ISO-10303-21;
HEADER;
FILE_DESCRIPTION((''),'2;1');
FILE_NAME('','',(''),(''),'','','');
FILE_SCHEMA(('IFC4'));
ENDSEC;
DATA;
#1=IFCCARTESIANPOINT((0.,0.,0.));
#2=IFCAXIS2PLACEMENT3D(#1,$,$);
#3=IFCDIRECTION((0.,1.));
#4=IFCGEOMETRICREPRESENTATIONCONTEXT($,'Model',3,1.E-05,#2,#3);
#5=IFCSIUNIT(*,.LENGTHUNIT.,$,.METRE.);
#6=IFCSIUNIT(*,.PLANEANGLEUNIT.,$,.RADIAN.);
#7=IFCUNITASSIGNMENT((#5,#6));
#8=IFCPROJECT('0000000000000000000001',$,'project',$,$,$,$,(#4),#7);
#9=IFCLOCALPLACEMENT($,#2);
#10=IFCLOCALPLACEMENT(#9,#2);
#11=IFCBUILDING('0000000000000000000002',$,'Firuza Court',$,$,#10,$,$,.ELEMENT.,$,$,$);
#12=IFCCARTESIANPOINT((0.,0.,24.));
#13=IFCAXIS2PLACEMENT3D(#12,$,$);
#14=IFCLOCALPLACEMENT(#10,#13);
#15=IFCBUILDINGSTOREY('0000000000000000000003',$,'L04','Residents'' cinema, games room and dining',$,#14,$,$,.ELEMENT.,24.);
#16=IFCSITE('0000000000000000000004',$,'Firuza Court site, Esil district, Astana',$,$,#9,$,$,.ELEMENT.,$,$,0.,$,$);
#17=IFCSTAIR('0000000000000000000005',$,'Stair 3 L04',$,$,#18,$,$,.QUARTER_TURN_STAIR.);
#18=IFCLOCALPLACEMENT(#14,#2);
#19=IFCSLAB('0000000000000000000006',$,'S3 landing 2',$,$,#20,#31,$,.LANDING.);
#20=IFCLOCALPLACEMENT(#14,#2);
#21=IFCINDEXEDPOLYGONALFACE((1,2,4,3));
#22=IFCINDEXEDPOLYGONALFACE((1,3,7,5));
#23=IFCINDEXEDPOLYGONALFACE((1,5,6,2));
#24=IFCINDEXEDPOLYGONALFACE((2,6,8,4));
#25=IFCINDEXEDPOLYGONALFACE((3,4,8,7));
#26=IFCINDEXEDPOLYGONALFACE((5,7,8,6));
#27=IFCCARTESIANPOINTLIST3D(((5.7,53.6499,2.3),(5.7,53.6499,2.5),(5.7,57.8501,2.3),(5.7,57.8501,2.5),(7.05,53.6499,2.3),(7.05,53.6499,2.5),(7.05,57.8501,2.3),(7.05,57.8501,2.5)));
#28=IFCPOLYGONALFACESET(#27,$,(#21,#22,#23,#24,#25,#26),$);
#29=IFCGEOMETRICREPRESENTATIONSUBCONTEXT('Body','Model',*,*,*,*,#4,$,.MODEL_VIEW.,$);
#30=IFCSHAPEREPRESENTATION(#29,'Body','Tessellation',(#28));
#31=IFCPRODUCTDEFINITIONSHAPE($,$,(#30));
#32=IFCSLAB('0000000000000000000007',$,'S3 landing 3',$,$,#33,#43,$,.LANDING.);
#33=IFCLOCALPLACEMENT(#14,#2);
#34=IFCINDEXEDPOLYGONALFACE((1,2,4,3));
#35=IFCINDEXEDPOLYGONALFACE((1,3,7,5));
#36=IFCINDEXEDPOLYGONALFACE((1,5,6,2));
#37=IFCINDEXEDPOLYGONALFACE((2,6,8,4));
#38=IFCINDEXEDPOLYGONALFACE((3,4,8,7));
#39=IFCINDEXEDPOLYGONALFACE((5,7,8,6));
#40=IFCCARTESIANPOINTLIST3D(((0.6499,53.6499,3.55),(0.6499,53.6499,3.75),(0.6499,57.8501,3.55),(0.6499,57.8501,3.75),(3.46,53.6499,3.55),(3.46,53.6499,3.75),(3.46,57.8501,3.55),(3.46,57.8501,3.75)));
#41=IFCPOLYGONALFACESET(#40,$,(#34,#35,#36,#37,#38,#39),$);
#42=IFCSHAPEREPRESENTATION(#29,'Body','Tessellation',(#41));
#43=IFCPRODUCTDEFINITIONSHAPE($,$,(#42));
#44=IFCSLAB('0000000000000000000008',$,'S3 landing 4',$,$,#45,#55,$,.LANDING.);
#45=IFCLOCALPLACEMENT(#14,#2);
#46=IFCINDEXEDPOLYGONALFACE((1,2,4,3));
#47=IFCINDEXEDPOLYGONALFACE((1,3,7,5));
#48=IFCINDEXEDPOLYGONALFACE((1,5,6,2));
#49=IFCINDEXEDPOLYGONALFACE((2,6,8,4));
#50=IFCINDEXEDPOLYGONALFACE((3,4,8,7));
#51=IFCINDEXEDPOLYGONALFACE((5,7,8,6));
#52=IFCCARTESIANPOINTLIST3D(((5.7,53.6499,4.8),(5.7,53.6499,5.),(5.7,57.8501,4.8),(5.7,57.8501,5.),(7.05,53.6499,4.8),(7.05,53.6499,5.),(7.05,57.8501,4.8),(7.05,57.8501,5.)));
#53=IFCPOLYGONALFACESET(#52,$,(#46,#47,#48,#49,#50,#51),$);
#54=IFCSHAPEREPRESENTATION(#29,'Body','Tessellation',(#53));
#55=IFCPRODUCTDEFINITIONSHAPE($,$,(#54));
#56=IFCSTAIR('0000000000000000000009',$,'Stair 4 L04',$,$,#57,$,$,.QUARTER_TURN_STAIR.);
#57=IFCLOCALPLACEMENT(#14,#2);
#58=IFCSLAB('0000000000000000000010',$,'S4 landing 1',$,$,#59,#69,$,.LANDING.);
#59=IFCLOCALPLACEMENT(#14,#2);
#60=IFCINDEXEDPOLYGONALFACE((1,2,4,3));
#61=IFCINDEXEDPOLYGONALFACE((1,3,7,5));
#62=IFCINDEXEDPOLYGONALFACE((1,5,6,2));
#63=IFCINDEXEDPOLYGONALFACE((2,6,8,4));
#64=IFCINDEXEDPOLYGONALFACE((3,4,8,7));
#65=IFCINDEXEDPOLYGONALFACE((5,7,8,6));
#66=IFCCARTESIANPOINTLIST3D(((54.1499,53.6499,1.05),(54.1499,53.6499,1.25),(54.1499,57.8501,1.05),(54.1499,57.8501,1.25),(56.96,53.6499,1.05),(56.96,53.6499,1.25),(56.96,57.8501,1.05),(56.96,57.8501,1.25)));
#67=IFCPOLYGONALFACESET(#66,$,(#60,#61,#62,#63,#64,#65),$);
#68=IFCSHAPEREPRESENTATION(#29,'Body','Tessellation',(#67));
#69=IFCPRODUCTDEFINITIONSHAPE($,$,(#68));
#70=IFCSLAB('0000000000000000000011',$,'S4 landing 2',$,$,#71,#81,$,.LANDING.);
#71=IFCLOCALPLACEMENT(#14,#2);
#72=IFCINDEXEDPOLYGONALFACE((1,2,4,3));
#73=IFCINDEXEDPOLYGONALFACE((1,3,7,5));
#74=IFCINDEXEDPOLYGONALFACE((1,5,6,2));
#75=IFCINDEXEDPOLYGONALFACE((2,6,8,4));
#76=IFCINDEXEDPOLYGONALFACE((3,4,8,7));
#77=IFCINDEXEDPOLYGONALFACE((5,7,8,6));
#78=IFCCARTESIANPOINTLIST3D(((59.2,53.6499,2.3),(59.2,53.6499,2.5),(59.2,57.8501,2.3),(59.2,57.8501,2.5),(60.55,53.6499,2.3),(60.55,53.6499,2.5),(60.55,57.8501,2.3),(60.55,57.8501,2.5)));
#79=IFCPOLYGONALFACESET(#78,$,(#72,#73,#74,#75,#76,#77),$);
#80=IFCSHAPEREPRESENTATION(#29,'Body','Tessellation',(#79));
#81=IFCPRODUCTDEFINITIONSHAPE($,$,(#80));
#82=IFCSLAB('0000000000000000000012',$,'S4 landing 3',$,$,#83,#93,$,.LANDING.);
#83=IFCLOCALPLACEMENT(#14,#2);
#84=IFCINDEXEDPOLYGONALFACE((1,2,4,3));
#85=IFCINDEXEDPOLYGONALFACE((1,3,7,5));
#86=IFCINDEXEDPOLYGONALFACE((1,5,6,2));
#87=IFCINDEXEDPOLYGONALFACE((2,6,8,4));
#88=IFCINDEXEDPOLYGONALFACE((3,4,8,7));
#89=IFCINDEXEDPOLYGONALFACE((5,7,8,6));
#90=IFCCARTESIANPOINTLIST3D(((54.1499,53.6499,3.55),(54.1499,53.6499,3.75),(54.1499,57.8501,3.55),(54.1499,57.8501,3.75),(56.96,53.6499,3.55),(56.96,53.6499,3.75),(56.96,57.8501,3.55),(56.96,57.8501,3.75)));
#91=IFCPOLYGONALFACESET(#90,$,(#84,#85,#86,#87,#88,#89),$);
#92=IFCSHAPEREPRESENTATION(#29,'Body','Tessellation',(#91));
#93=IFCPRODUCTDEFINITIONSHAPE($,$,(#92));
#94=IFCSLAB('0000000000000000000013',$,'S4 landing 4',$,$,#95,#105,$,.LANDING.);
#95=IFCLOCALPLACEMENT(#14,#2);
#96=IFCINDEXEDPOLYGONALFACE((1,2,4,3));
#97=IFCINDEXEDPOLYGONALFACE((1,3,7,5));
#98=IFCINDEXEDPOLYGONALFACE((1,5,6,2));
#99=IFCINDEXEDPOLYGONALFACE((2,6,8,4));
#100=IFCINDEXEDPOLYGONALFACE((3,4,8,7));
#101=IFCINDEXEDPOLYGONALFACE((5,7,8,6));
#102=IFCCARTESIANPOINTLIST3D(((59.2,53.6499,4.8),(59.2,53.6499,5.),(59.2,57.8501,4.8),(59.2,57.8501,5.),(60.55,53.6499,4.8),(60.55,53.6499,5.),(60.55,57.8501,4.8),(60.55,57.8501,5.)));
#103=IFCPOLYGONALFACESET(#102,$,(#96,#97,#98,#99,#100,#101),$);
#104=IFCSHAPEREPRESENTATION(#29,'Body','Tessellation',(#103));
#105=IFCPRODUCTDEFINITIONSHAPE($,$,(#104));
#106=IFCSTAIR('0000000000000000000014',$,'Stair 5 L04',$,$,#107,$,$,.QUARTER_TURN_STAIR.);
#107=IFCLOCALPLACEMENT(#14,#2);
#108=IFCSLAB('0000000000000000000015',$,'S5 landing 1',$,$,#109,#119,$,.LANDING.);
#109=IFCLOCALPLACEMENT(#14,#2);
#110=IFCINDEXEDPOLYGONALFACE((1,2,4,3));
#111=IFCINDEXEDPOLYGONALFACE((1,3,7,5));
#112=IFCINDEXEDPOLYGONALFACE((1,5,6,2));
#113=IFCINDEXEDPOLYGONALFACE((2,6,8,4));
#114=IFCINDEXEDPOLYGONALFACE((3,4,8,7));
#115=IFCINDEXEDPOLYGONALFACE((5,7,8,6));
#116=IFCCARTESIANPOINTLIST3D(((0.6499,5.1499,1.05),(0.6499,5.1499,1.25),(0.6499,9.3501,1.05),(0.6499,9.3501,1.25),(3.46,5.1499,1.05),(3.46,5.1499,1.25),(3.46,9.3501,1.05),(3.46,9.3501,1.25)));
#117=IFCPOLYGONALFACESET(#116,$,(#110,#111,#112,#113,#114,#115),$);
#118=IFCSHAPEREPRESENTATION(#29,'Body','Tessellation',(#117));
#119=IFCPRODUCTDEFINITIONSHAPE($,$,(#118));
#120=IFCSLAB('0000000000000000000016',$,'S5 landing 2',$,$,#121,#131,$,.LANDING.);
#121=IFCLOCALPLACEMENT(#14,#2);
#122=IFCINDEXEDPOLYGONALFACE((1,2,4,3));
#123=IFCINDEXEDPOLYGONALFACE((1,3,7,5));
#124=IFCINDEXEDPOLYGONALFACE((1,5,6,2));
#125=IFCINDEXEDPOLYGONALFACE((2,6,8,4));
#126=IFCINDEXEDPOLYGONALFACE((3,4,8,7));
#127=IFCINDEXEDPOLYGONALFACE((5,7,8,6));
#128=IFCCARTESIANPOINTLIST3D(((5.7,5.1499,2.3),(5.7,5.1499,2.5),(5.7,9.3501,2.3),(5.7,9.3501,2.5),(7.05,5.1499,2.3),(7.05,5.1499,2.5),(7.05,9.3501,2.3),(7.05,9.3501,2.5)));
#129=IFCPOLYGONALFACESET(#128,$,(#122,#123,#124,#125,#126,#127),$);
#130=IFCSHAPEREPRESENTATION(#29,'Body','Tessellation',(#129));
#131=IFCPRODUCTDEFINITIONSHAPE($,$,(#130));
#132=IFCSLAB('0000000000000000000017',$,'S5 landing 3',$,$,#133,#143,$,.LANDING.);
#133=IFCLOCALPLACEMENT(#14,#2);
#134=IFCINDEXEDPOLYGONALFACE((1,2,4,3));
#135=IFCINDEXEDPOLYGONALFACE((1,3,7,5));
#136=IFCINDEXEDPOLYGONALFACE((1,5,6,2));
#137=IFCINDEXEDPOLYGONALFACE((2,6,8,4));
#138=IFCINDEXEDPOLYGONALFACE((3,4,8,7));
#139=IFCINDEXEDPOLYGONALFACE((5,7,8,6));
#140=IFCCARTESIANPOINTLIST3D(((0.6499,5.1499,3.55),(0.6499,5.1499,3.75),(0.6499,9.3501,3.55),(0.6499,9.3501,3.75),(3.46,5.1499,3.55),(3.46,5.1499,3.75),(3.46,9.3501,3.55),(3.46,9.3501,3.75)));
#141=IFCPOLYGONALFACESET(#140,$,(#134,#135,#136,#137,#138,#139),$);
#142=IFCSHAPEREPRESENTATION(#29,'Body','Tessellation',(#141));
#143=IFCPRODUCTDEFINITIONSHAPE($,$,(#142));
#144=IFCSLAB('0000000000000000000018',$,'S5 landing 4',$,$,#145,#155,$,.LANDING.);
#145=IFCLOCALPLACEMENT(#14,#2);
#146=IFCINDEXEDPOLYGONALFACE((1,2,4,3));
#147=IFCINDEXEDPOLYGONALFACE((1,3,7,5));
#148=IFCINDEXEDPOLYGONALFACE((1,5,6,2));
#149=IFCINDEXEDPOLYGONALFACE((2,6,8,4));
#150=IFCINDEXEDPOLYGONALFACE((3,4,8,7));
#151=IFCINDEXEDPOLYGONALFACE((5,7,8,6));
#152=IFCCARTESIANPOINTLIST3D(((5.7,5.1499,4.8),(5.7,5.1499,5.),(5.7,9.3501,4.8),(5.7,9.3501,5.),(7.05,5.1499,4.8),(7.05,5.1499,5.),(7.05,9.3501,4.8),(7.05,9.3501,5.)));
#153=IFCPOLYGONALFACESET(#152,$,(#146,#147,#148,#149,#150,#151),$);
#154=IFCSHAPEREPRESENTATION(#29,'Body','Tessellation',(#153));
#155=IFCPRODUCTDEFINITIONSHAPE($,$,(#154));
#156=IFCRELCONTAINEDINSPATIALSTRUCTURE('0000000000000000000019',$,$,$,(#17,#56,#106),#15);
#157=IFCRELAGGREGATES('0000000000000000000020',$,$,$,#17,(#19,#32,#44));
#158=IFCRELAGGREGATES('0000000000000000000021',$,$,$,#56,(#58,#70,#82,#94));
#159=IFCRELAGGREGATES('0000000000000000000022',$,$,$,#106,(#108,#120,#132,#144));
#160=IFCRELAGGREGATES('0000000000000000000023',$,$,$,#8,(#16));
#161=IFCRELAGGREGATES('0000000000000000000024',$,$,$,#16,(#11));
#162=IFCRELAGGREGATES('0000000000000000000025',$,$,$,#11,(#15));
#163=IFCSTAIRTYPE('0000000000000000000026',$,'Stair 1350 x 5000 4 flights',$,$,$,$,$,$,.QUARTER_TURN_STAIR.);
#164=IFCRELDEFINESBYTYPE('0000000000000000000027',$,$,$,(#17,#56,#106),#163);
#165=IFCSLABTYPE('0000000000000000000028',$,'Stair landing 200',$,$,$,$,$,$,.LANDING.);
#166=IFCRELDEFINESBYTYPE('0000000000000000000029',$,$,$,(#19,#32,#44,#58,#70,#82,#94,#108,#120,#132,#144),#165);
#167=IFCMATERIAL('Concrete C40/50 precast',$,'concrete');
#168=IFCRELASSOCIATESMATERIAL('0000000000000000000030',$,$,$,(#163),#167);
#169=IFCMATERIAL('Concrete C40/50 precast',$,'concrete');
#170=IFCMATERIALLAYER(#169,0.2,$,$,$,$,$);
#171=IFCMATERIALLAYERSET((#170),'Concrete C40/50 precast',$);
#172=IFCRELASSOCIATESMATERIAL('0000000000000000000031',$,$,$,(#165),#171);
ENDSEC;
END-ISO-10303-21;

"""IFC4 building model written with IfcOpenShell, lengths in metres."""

from ifc_helpers import new_model, si_unit, direction, frame, origin, place, context, subcontext, project, spatial, polyline, outline, extrude, material, layer, layer_set, type_object, element, aggregate, save


model = new_model("IFC4")

# Units and contexts
model_context = context("Model", 3, precision=1e-05, world=origin(), true_north=direction((0.0, 1.0)))
body_context = subcontext(model_context, "Body", "Model", "MODEL_VIEW")
ifc_project = project(units=[si_unit("LENGTHUNIT", "METRE"), si_unit("PLANEANGLEUNIT", "RADIAN")], contexts=[model_context])

# Site, building, storey
site_placement = place(None, origin())
site = spatial("IfcSite", under=ifc_project, at=site_placement, Name="Firuza Court site, Esil district, Astana", CompositionType="ELEMENT", RefElevation=0.0)
building_placement = place(site_placement, origin())
building = spatial("IfcBuilding", under=site, at=building_placement, Name="Firuza Court", CompositionType="ELEMENT")
storey_placement = place(building_placement, frame((0.0, 0.0, 24.0)))
storey = spatial("IfcBuildingStorey", under=building, at=storey_placement, Name="L04", Description="Residents' cinema, games room and dining", CompositionType="ELEMENT", Elevation=24.0)

# Stairs, slabs
ifc_material_1 = material(Name="Concrete C40/50 precast", Category="concrete")
stair_type = type_object("IfcStairType", Name="Stair 1350 x 5000 4 flights", PredefinedType="QUARTER_TURN_STAIR", material=ifc_material_1)
ifc_material_2 = material(Name="Concrete C40/50 precast", Category="concrete")
ifc_layer_1 = layer(ifc_material_2, 0.2)
ifc_layer_set_1 = layer_set([ifc_layer_1], Name="Concrete C40/50 precast")
slab_type_1 = type_object("IfcSlabType", Name="Stair landing 200", PredefinedType="LANDING", material=ifc_layer_set_1)
stair_1_placement = place(storey_placement, origin())
stair_1 = element("IfcStair", 1, at=stair_1_placement, inside=storey, type_object=stair_type, Name="Stair 3 L04", PredefinedType="QUARTER_TURN_STAIR")
slab_1_placement = place(storey_placement, frame((0.0, 0.0, 2.3)))
slab_1 = element("IfcSlab", 2, at=slab_1_placement, type_object=slab_type_1, Name="S3 landing 2", PredefinedType="LANDING", context=body_context, shape_type="SweptSolid", body=[
    extrude(outline(polyline([(7.05, 53.6499), (7.05, 57.8501), (5.7, 57.8501), (5.7, 53.6499), (7.05, 53.6499)])), origin(), (0.0, 0.0, 1.0), 0.2),
])
slab_2_placement = place(storey_placement, frame((0.0, 0.0, 3.55)))
slab_2 = element("IfcSlab", 3, at=slab_2_placement, type_object=slab_type_1, Name="S3 landing 3", PredefinedType="LANDING", context=body_context, shape_type="SweptSolid", body=[
    extrude(outline(polyline([(3.46, 53.6499), (3.46, 57.8501), (0.6499, 57.8501), (0.6499, 53.6499), (3.46, 53.6499)])), origin(), (0.0, 0.0, 1.0), 0.2),
])
slab_3_placement = place(storey_placement, frame((0.0, 0.0, 4.8)))
slab_3 = element("IfcSlab", 4, at=slab_3_placement, type_object=slab_type_1, Name="S3 landing 4", PredefinedType="LANDING", context=body_context, shape_type="SweptSolid", body=[
    extrude(outline(polyline([(7.05, 53.6499), (7.05, 57.8501), (5.7, 57.8501), (5.7, 53.6499), (7.05, 53.6499)])), origin(), (0.0, 0.0, 1.0), 0.2),
])
aggregate(stair_1, [slab_1, slab_2, slab_3])
stair_2_placement = place(storey_placement, origin())
stair_2 = element("IfcStair", 5, at=stair_2_placement, inside=storey, type_object=stair_type, Name="Stair 4 L04", PredefinedType="QUARTER_TURN_STAIR")
slab_4_placement = place(storey_placement, frame((0.0, 0.0, 1.05)))
slab_4 = element("IfcSlab", 6, at=slab_4_placement, type_object=slab_type_1, Name="S4 landing 1", PredefinedType="LANDING", context=body_context, shape_type="SweptSolid", body=[
    extrude(outline(polyline([(56.96, 53.6499), (56.96, 57.8501), (54.1499, 57.8501), (54.1499, 53.6499), (56.96, 53.6499)])), origin(), (0.0, 0.0, 1.0), 0.2),
])
slab_5_placement = place(storey_placement, frame((0.0, 0.0, 2.3)))
slab_5 = element("IfcSlab", 7, at=slab_5_placement, type_object=slab_type_1, Name="S4 landing 2", PredefinedType="LANDING", context=body_context, shape_type="SweptSolid", body=[
    extrude(outline(polyline([(60.55, 53.6499), (60.55, 57.8501), (59.2, 57.8501), (59.2, 53.6499), (60.55, 53.6499)])), origin(), (0.0, 0.0, 1.0), 0.2),
])
slab_6_placement = place(storey_placement, frame((0.0, 0.0, 3.55)))
slab_6 = element("IfcSlab", 8, at=slab_6_placement, type_object=slab_type_1, Name="S4 landing 3", PredefinedType="LANDING", context=body_context, shape_type="SweptSolid", body=[
    extrude(outline(polyline([(56.96, 53.6499), (56.96, 57.8501), (54.1499, 57.8501), (54.1499, 53.6499), (56.96, 53.6499)])), origin(), (0.0, 0.0, 1.0), 0.2),
])
slab_7_placement = place(storey_placement, frame((0.0, 0.0, 4.8)))
slab_7 = element("IfcSlab", 9, at=slab_7_placement, type_object=slab_type_1, Name="S4 landing 4", PredefinedType="LANDING", context=body_context, shape_type="SweptSolid", body=[
    extrude(outline(polyline([(60.55, 53.6499), (60.55, 57.8501), (59.2, 57.8501), (59.2, 53.6499), (60.55, 53.6499)])), origin(), (0.0, 0.0, 1.0), 0.2),
])
aggregate(stair_2, [slab_4, slab_5, slab_6, slab_7])
stair_3_placement = place(storey_placement, origin())
stair_3 = element("IfcStair", 10, at=stair_3_placement, inside=storey, type_object=stair_type, Name="Stair 5 L04", PredefinedType="QUARTER_TURN_STAIR")
slab_8_placement = place(storey_placement, frame((0.0, 0.0, 1.05)))
slab_8 = element("IfcSlab", 11, at=slab_8_placement, type_object=slab_type_1, Name="S5 landing 1", PredefinedType="LANDING", context=body_context, shape_type="SweptSolid", body=[
    extrude(outline(polyline([(3.46, 5.1499), (3.46, 9.3501), (0.6499, 9.3501), (0.6499, 5.1499), (3.46, 5.1499)])), origin(), (0.0, 0.0, 1.0), 0.2),
])
slab_9_placement = place(storey_placement, frame((0.0, 0.0, 2.3)))
slab_9 = element("IfcSlab", 12, at=slab_9_placement, type_object=slab_type_1, Name="S5 landing 2", PredefinedType="LANDING", context=body_context, shape_type="SweptSolid", body=[
    extrude(outline(polyline([(7.05, 5.1499), (7.05, 9.3501), (5.7, 9.3501), (5.7, 5.1499), (7.05, 5.1499)])), origin(), (0.0, 0.0, 1.0), 0.2),
])
slab_10_placement = place(storey_placement, frame((0.0, 0.0, 3.55)))
slab_10 = element("IfcSlab", 13, at=slab_10_placement, type_object=slab_type_1, Name="S5 landing 3", PredefinedType="LANDING", context=body_context, shape_type="SweptSolid", body=[
    extrude(outline(polyline([(3.46, 5.1499), (3.46, 9.3501), (0.6499, 9.3501), (0.6499, 5.1499), (3.46, 5.1499)])), origin(), (0.0, 0.0, 1.0), 0.2),
])
slab_11_placement = place(storey_placement, frame((0.0, 0.0, 4.8)))
slab_11 = element("IfcSlab", 14, at=slab_11_placement, type_object=slab_type_1, Name="S5 landing 4", PredefinedType="LANDING", context=body_context, shape_type="SweptSolid", body=[
    extrude(outline(polyline([(7.05, 5.1499), (7.05, 9.3501), (5.7, 9.3501), (5.7, 5.1499), (7.05, 5.1499)])), origin(), (0.0, 0.0, 1.0), 0.2),
])
aggregate(stair_3, [slab_8, slab_9, slab_10, slab_11])

save(model, "model.ifc")
